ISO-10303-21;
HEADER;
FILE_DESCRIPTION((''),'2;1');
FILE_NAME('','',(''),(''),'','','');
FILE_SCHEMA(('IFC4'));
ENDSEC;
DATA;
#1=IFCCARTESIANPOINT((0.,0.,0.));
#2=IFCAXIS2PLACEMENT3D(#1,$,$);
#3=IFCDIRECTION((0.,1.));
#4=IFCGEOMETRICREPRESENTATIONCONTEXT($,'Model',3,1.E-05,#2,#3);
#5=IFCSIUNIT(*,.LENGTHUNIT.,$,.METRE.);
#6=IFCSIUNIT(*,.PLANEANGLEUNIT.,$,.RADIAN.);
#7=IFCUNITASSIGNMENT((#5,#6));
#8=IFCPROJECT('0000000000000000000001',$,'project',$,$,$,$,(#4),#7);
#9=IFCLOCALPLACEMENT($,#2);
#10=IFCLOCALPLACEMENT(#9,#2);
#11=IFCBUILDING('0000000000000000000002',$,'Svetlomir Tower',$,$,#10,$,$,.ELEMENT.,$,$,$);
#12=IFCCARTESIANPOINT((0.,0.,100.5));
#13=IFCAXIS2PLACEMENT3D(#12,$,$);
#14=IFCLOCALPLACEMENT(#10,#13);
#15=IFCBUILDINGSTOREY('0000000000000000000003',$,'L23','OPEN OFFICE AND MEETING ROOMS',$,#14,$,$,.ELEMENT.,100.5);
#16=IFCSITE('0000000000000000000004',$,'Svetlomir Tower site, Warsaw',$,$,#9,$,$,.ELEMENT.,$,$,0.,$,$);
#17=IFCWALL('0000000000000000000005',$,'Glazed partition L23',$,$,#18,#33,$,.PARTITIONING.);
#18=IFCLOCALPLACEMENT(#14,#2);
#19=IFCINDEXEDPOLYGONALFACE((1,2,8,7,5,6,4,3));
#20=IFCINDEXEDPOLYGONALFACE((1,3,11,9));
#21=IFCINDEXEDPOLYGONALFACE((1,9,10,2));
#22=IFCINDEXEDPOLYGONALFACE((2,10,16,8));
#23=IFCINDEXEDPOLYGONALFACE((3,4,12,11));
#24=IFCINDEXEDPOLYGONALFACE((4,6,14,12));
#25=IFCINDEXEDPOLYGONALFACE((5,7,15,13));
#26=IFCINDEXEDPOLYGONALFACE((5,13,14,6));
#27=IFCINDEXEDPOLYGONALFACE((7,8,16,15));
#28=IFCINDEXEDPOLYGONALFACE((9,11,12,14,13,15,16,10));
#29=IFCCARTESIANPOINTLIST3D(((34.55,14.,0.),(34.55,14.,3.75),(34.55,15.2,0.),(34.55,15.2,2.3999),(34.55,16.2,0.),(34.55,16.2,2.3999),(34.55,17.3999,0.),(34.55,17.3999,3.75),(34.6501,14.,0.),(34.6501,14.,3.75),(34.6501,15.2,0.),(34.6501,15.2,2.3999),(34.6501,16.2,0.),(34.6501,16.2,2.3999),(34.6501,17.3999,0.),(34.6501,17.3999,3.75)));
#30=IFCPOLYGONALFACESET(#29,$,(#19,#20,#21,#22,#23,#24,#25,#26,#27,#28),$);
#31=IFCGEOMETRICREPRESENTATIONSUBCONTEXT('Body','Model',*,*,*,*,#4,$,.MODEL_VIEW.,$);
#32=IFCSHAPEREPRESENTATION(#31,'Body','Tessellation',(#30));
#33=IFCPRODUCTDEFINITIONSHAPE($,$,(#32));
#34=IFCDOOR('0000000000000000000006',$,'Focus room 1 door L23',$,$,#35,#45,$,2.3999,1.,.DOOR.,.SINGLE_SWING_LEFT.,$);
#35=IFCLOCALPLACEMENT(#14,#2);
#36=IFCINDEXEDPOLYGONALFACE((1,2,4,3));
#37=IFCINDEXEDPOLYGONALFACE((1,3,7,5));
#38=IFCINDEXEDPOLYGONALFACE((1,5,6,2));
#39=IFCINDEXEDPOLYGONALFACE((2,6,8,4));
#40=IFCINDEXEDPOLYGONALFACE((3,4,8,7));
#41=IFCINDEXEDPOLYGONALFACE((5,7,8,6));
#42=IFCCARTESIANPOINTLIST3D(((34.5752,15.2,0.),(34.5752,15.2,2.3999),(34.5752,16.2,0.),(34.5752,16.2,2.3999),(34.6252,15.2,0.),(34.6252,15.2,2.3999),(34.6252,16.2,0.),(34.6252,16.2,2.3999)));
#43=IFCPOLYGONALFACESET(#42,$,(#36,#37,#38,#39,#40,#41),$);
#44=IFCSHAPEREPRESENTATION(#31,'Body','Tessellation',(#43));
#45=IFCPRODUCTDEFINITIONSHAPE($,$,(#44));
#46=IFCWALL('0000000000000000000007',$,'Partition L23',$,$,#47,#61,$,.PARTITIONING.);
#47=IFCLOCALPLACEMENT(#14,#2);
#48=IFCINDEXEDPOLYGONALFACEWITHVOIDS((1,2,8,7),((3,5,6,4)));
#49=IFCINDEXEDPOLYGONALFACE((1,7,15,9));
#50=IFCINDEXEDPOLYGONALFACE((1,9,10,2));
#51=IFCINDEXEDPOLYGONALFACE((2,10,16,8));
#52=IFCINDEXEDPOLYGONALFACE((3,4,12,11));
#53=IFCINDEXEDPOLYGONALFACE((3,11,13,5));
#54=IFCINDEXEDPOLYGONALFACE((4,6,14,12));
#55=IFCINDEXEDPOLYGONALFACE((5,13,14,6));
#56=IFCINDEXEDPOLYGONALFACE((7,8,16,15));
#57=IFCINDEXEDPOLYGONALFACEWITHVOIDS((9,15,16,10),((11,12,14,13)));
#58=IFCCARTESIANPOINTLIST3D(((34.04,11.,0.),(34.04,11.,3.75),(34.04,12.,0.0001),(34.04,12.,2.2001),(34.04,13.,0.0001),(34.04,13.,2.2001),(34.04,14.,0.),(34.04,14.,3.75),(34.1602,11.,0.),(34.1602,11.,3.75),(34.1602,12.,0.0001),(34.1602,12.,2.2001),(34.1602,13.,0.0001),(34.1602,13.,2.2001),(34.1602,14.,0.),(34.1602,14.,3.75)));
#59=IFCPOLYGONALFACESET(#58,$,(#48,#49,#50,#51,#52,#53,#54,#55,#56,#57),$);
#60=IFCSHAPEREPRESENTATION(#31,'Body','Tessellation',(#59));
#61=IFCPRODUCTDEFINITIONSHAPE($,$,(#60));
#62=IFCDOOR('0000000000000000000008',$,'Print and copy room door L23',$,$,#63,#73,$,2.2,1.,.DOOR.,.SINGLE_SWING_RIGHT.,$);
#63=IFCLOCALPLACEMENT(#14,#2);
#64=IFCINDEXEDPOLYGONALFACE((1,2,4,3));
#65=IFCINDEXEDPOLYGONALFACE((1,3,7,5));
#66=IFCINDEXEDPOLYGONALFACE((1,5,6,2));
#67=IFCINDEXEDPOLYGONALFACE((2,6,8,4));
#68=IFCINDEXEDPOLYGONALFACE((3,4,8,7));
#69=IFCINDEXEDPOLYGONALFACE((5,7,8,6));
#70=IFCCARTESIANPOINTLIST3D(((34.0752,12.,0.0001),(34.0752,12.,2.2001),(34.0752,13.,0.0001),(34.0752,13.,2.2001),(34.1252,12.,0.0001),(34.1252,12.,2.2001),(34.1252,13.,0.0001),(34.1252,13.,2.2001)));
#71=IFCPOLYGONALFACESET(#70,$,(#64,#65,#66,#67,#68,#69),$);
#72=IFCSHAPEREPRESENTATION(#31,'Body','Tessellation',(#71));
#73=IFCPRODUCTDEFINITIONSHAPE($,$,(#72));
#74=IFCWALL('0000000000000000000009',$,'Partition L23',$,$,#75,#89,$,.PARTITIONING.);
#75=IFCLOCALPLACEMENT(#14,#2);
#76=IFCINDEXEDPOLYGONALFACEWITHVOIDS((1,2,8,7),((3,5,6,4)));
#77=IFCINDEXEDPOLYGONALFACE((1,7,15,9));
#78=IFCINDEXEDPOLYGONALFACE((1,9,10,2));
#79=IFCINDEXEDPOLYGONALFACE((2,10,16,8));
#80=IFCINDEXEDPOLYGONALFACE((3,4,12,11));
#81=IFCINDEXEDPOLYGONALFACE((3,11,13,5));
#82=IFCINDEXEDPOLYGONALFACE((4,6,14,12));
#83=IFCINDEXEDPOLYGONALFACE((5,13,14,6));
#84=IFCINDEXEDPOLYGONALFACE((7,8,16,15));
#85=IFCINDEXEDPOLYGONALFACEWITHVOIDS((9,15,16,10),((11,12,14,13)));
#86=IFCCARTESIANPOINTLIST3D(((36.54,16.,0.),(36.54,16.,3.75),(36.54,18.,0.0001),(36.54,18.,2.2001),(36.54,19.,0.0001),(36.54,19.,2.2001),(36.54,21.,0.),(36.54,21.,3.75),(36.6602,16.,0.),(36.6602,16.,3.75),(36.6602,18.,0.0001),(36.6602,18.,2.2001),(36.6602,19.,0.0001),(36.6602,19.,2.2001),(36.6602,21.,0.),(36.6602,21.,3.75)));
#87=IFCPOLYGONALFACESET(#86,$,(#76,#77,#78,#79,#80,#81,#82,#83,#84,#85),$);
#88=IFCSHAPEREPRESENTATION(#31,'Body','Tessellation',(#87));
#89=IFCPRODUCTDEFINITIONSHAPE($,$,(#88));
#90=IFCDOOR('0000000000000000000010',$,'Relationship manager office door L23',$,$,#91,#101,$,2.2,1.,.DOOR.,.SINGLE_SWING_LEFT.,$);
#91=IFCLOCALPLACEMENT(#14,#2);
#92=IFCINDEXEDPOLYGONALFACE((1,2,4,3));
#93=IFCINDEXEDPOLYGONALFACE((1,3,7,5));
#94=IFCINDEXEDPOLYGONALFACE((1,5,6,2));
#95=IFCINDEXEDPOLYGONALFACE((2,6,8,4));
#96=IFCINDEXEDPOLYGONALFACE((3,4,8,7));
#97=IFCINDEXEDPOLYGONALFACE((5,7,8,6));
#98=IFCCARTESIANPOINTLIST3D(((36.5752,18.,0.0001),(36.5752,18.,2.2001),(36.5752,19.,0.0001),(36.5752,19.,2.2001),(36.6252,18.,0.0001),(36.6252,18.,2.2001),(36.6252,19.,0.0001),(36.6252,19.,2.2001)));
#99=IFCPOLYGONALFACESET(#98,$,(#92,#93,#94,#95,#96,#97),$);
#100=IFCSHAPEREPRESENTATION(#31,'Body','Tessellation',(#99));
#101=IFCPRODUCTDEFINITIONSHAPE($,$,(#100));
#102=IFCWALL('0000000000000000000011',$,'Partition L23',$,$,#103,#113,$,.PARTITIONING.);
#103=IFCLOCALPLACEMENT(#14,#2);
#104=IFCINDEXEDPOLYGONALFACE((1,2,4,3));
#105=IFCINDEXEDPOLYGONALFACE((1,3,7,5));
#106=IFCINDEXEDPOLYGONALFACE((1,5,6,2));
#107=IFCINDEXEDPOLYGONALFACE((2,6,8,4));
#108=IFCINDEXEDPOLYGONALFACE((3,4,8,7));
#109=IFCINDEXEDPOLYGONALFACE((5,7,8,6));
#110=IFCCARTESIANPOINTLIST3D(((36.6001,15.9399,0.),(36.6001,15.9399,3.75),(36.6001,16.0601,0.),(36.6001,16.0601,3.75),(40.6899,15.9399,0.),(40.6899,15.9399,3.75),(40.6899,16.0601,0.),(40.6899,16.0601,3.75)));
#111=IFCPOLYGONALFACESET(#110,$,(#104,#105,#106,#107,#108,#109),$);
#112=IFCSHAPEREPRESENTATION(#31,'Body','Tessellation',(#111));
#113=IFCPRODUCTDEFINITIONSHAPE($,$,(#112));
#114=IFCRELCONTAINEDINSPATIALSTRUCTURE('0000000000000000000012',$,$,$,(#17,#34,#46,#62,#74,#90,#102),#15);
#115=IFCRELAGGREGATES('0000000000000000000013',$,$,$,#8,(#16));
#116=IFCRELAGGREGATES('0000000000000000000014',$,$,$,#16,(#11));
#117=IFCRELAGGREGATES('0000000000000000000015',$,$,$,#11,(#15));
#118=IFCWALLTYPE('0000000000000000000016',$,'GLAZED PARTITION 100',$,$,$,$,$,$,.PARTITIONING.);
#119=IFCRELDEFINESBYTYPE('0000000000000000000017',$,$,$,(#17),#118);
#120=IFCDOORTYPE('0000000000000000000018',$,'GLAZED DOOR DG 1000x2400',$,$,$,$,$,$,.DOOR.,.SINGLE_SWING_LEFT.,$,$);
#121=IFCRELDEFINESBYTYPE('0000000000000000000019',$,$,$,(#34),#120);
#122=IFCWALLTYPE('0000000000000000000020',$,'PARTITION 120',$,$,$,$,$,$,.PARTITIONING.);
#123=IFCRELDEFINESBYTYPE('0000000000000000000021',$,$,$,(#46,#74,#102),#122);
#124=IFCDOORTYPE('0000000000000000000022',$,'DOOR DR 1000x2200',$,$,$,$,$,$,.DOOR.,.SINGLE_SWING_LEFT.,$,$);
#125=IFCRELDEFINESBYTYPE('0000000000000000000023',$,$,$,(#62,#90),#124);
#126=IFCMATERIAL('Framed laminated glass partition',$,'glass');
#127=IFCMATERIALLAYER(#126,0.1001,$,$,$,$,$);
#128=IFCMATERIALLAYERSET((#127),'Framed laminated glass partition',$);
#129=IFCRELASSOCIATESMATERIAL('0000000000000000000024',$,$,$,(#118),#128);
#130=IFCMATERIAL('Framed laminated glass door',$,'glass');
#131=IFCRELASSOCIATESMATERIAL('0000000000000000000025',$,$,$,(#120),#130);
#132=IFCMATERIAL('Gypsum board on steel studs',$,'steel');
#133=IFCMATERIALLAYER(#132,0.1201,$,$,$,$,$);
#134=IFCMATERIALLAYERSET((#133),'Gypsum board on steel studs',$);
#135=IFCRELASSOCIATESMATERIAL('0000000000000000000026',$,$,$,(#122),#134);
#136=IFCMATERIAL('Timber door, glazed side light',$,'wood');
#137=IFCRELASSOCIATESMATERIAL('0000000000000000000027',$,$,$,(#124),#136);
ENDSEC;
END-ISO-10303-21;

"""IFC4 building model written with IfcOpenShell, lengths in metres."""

from ifc_helpers import new_model, si_unit, direction, frame, frame_2d, origin, place, context, subcontext, project, spatial, rectangle, extrude, material, layer, layer_set, type_object, element, fill, save


model = new_model("IFC4")

# Units and contexts
model_context = context("Model", 3, precision=1e-05, world=origin(), true_north=direction((0.0, 1.0)))
body_context = subcontext(model_context, "Body", "Model", "MODEL_VIEW")
ifc_project = project(units=[si_unit("LENGTHUNIT", "METRE"), si_unit("PLANEANGLEUNIT", "RADIAN")], contexts=[model_context])

# Site, building, storey
site_placement = place(None, origin())
site = spatial("IfcSite", under=ifc_project, at=site_placement, Name="Svetlomir Tower site, Warsaw", CompositionType="ELEMENT", RefElevation=0.0)
building_placement = place(site_placement, origin())
building = spatial("IfcBuilding", under=site, at=building_placement, Name="Svetlomir Tower", CompositionType="ELEMENT")
storey_placement = place(building_placement, frame((0.0, 0.0, 100.5)))
storey = spatial("IfcBuildingStorey", under=building, at=storey_placement, Name="L23", Description="OPEN OFFICE AND MEETING ROOMS", CompositionType="ELEMENT", Elevation=100.5)

# Shared definitions
ifc_material_1 = material(Name="Framed laminated glass partition", Category="glass")
ifc_layer_1 = layer(ifc_material_1, 0.1001)
ifc_layer_set_1 = layer_set([ifc_layer_1], Name="Framed laminated glass partition")
wall_type_1 = type_object("IfcWallType", Name="GLAZED PARTITION 100", PredefinedType="PARTITIONING", material=ifc_layer_set_1)

# Walls, openings, doors
wall_1_placement = place(storey_placement, frame((34.6001, 14.0, 0.0), z_axis=(0.0, 0.0, 1.0), x_axis=(0.0, 1.0, 0.0)))
wall_1 = element("IfcWall", 1, at=wall_1_placement, inside=storey, type_object=wall_type_1, Name="Glazed partition L23", PredefinedType="PARTITIONING", context=body_context, shape_type="SweptSolid", body=[
    extrude(rectangle(XDim=3.3999, YDim=0.1001, at=frame_2d((1.7, 0.0))), origin(), (0.0, 0.0, 1.0), 3.75),
])
opening_1_placement = place(wall_1_placement, frame((1.2, 0.0, 0.0)))
opening_1 = element("IfcOpeningElement", 2, at=opening_1_placement, cuts=wall_1, PredefinedType="OPENING", context=body_context, shape_type="SweptSolid", body=[
    extrude(rectangle(XDim=1.0, YDim=2.3999, at=frame_2d((0.5, 1.2))), frame((0.0, 0.0601, 0.0), z_axis=(0.0, -1.0, 0.0), x_axis=(1.0, 0.0, 0.0)), (0.0, 0.0, 1.0), 0.1201),
])
ifc_material_2 = material(Name="Framed laminated glass door", Category="glass")
door_type_1 = type_object("IfcDoorType", Name="GLAZED DOOR DG 1000x2400", OperationType="SINGLE_SWING_LEFT", PredefinedType="DOOR", material=ifc_material_2)
door_1_placement = place(opening_1_placement, origin())
door_1 = element("IfcDoor", 3, at=door_1_placement, inside=storey, type_object=door_type_1, Name="Focus room 1 door L23", OperationType="SINGLE_SWING_LEFT", OverallHeight=2.3999, OverallWidth=1.0, PredefinedType="DOOR", context=body_context, shape_type="SweptSolid", body=[
    extrude(rectangle(XDim=1.0, YDim=2.3999, at=frame_2d((0.5, 1.2))), frame((0.0, 0.0249, 0.0), z_axis=(0.0, -1.0, 0.0), x_axis=(1.0, 0.0, 0.0)), (0.0, 0.0, 1.0), 0.05),
])
fill(opening_1, door_1)
ifc_material_3 = material(Name="Gypsum board on steel studs", Category="steel")
ifc_layer_2 = layer(ifc_material_3, 0.1201)
ifc_layer_set_2 = layer_set([ifc_layer_2], Name="Gypsum board on steel studs")
wall_type_2 = type_object("IfcWallType", Name="PARTITION 120", PredefinedType="PARTITIONING", material=ifc_layer_set_2)
wall_2_placement = place(storey_placement, frame((34.1001, 11.0, 0.0), z_axis=(0.0, 0.0, 1.0), x_axis=(0.0, 1.0, 0.0)))
wall_2 = element("IfcWall", 4, at=wall_2_placement, inside=storey, type_object=wall_type_2, Name="Partition L23", PredefinedType="PARTITIONING", context=body_context, shape_type="SweptSolid", body=[
    extrude(rectangle(XDim=3.0, YDim=0.1201, at=frame_2d((1.5, 0.0))), origin(), (0.0, 0.0, 1.0), 3.75),
])
opening_2_placement = place(wall_2_placement, frame((1.0, 0.0, 0.0)))
opening_2 = element("IfcOpeningElement", 5, at=opening_2_placement, cuts=wall_2, PredefinedType="OPENING", context=body_context, shape_type="SweptSolid", body=[
    extrude(rectangle(XDim=1.0, YDim=2.2, at=frame_2d((0.5, 1.1001))), frame((0.0, 0.0701, 0.0), z_axis=(0.0, -1.0, 0.0), x_axis=(1.0, 0.0, 0.0)), (0.0, 0.0, 1.0), 0.1401),
])
ifc_material_4 = material(Name="Timber door, glazed side light", Category="wood")
door_type_2 = type_object("IfcDoorType", Name="DOOR DR 1000x2200", OperationType="SINGLE_SWING_LEFT", PredefinedType="DOOR", material=ifc_material_4)
door_2_placement = place(opening_2_placement, origin())
door_2 = element("IfcDoor", 6, at=door_2_placement, inside=storey, type_object=door_type_2, Name="Print and copy room door L23", OperationType="SINGLE_SWING_RIGHT", OverallHeight=2.2, OverallWidth=1.0, PredefinedType="DOOR", context=body_context, shape_type="SweptSolid", body=[
    extrude(rectangle(XDim=1.0, YDim=2.2, at=frame_2d((0.5, 1.1001))), frame((0.0, 0.0249, 0.0), z_axis=(0.0, -1.0, 0.0), x_axis=(1.0, 0.0, 0.0)), (0.0, 0.0, 1.0), 0.05),
])
fill(opening_2, door_2)
wall_3_placement = place(storey_placement, frame((36.6001, 16.0, 0.0), z_axis=(0.0, 0.0, 1.0), x_axis=(0.0, 1.0, 0.0)))
wall_3 = element("IfcWall", 7, at=wall_3_placement, inside=storey, type_object=wall_type_2, Name="Partition L23", PredefinedType="PARTITIONING", context=body_context, shape_type="SweptSolid", body=[
    extrude(rectangle(XDim=5.0, YDim=0.1201, at=frame_2d((2.5, 0.0))), origin(), (0.0, 0.0, 1.0), 3.75),
])
opening_3_placement = place(wall_3_placement, frame((2.0, 0.0, 0.0)))
opening_3 = element("IfcOpeningElement", 8, at=opening_3_placement, cuts=wall_3, PredefinedType="OPENING", context=body_context, shape_type="SweptSolid", body=[
    extrude(rectangle(XDim=1.0, YDim=2.2, at=frame_2d((0.5, 1.1001))), frame((0.0, 0.0701, 0.0), z_axis=(0.0, -1.0, 0.0), x_axis=(1.0, 0.0, 0.0)), (0.0, 0.0, 1.0), 0.1401),
])
door_3_placement = place(opening_3_placement, origin())
door_3 = element("IfcDoor", 9, at=door_3_placement, inside=storey, type_object=door_type_2, Name="Relationship manager office door L23", OperationType="SINGLE_SWING_LEFT", OverallHeight=2.2, OverallWidth=1.0, PredefinedType="DOOR", context=body_context, shape_type="SweptSolid", body=[
    extrude(rectangle(XDim=1.0, YDim=2.2, at=frame_2d((0.5, 1.1001))), frame((0.0, 0.0249, 0.0), z_axis=(0.0, -1.0, 0.0), x_axis=(1.0, 0.0, 0.0)), (0.0, 0.0, 1.0), 0.05),
])
fill(opening_3, door_3)

# Wall
wall_4_placement = place(storey_placement, frame((36.6001, 16.0, 0.0), z_axis=(0.0, 0.0, 1.0), x_axis=(1.0, 0.0, 0.0)))
element("IfcWall", 10, at=wall_4_placement, inside=storey, type_object=wall_type_2, Name="Partition L23", PredefinedType="PARTITIONING", context=body_context, shape_type="SweptSolid", body=[
    extrude(rectangle(XDim=4.0898, YDim=0.1201, at=frame_2d((2.0449, 0.0))), origin(), (0.0, 0.0, 1.0), 3.75),
])

save(model, "model.ifc")
